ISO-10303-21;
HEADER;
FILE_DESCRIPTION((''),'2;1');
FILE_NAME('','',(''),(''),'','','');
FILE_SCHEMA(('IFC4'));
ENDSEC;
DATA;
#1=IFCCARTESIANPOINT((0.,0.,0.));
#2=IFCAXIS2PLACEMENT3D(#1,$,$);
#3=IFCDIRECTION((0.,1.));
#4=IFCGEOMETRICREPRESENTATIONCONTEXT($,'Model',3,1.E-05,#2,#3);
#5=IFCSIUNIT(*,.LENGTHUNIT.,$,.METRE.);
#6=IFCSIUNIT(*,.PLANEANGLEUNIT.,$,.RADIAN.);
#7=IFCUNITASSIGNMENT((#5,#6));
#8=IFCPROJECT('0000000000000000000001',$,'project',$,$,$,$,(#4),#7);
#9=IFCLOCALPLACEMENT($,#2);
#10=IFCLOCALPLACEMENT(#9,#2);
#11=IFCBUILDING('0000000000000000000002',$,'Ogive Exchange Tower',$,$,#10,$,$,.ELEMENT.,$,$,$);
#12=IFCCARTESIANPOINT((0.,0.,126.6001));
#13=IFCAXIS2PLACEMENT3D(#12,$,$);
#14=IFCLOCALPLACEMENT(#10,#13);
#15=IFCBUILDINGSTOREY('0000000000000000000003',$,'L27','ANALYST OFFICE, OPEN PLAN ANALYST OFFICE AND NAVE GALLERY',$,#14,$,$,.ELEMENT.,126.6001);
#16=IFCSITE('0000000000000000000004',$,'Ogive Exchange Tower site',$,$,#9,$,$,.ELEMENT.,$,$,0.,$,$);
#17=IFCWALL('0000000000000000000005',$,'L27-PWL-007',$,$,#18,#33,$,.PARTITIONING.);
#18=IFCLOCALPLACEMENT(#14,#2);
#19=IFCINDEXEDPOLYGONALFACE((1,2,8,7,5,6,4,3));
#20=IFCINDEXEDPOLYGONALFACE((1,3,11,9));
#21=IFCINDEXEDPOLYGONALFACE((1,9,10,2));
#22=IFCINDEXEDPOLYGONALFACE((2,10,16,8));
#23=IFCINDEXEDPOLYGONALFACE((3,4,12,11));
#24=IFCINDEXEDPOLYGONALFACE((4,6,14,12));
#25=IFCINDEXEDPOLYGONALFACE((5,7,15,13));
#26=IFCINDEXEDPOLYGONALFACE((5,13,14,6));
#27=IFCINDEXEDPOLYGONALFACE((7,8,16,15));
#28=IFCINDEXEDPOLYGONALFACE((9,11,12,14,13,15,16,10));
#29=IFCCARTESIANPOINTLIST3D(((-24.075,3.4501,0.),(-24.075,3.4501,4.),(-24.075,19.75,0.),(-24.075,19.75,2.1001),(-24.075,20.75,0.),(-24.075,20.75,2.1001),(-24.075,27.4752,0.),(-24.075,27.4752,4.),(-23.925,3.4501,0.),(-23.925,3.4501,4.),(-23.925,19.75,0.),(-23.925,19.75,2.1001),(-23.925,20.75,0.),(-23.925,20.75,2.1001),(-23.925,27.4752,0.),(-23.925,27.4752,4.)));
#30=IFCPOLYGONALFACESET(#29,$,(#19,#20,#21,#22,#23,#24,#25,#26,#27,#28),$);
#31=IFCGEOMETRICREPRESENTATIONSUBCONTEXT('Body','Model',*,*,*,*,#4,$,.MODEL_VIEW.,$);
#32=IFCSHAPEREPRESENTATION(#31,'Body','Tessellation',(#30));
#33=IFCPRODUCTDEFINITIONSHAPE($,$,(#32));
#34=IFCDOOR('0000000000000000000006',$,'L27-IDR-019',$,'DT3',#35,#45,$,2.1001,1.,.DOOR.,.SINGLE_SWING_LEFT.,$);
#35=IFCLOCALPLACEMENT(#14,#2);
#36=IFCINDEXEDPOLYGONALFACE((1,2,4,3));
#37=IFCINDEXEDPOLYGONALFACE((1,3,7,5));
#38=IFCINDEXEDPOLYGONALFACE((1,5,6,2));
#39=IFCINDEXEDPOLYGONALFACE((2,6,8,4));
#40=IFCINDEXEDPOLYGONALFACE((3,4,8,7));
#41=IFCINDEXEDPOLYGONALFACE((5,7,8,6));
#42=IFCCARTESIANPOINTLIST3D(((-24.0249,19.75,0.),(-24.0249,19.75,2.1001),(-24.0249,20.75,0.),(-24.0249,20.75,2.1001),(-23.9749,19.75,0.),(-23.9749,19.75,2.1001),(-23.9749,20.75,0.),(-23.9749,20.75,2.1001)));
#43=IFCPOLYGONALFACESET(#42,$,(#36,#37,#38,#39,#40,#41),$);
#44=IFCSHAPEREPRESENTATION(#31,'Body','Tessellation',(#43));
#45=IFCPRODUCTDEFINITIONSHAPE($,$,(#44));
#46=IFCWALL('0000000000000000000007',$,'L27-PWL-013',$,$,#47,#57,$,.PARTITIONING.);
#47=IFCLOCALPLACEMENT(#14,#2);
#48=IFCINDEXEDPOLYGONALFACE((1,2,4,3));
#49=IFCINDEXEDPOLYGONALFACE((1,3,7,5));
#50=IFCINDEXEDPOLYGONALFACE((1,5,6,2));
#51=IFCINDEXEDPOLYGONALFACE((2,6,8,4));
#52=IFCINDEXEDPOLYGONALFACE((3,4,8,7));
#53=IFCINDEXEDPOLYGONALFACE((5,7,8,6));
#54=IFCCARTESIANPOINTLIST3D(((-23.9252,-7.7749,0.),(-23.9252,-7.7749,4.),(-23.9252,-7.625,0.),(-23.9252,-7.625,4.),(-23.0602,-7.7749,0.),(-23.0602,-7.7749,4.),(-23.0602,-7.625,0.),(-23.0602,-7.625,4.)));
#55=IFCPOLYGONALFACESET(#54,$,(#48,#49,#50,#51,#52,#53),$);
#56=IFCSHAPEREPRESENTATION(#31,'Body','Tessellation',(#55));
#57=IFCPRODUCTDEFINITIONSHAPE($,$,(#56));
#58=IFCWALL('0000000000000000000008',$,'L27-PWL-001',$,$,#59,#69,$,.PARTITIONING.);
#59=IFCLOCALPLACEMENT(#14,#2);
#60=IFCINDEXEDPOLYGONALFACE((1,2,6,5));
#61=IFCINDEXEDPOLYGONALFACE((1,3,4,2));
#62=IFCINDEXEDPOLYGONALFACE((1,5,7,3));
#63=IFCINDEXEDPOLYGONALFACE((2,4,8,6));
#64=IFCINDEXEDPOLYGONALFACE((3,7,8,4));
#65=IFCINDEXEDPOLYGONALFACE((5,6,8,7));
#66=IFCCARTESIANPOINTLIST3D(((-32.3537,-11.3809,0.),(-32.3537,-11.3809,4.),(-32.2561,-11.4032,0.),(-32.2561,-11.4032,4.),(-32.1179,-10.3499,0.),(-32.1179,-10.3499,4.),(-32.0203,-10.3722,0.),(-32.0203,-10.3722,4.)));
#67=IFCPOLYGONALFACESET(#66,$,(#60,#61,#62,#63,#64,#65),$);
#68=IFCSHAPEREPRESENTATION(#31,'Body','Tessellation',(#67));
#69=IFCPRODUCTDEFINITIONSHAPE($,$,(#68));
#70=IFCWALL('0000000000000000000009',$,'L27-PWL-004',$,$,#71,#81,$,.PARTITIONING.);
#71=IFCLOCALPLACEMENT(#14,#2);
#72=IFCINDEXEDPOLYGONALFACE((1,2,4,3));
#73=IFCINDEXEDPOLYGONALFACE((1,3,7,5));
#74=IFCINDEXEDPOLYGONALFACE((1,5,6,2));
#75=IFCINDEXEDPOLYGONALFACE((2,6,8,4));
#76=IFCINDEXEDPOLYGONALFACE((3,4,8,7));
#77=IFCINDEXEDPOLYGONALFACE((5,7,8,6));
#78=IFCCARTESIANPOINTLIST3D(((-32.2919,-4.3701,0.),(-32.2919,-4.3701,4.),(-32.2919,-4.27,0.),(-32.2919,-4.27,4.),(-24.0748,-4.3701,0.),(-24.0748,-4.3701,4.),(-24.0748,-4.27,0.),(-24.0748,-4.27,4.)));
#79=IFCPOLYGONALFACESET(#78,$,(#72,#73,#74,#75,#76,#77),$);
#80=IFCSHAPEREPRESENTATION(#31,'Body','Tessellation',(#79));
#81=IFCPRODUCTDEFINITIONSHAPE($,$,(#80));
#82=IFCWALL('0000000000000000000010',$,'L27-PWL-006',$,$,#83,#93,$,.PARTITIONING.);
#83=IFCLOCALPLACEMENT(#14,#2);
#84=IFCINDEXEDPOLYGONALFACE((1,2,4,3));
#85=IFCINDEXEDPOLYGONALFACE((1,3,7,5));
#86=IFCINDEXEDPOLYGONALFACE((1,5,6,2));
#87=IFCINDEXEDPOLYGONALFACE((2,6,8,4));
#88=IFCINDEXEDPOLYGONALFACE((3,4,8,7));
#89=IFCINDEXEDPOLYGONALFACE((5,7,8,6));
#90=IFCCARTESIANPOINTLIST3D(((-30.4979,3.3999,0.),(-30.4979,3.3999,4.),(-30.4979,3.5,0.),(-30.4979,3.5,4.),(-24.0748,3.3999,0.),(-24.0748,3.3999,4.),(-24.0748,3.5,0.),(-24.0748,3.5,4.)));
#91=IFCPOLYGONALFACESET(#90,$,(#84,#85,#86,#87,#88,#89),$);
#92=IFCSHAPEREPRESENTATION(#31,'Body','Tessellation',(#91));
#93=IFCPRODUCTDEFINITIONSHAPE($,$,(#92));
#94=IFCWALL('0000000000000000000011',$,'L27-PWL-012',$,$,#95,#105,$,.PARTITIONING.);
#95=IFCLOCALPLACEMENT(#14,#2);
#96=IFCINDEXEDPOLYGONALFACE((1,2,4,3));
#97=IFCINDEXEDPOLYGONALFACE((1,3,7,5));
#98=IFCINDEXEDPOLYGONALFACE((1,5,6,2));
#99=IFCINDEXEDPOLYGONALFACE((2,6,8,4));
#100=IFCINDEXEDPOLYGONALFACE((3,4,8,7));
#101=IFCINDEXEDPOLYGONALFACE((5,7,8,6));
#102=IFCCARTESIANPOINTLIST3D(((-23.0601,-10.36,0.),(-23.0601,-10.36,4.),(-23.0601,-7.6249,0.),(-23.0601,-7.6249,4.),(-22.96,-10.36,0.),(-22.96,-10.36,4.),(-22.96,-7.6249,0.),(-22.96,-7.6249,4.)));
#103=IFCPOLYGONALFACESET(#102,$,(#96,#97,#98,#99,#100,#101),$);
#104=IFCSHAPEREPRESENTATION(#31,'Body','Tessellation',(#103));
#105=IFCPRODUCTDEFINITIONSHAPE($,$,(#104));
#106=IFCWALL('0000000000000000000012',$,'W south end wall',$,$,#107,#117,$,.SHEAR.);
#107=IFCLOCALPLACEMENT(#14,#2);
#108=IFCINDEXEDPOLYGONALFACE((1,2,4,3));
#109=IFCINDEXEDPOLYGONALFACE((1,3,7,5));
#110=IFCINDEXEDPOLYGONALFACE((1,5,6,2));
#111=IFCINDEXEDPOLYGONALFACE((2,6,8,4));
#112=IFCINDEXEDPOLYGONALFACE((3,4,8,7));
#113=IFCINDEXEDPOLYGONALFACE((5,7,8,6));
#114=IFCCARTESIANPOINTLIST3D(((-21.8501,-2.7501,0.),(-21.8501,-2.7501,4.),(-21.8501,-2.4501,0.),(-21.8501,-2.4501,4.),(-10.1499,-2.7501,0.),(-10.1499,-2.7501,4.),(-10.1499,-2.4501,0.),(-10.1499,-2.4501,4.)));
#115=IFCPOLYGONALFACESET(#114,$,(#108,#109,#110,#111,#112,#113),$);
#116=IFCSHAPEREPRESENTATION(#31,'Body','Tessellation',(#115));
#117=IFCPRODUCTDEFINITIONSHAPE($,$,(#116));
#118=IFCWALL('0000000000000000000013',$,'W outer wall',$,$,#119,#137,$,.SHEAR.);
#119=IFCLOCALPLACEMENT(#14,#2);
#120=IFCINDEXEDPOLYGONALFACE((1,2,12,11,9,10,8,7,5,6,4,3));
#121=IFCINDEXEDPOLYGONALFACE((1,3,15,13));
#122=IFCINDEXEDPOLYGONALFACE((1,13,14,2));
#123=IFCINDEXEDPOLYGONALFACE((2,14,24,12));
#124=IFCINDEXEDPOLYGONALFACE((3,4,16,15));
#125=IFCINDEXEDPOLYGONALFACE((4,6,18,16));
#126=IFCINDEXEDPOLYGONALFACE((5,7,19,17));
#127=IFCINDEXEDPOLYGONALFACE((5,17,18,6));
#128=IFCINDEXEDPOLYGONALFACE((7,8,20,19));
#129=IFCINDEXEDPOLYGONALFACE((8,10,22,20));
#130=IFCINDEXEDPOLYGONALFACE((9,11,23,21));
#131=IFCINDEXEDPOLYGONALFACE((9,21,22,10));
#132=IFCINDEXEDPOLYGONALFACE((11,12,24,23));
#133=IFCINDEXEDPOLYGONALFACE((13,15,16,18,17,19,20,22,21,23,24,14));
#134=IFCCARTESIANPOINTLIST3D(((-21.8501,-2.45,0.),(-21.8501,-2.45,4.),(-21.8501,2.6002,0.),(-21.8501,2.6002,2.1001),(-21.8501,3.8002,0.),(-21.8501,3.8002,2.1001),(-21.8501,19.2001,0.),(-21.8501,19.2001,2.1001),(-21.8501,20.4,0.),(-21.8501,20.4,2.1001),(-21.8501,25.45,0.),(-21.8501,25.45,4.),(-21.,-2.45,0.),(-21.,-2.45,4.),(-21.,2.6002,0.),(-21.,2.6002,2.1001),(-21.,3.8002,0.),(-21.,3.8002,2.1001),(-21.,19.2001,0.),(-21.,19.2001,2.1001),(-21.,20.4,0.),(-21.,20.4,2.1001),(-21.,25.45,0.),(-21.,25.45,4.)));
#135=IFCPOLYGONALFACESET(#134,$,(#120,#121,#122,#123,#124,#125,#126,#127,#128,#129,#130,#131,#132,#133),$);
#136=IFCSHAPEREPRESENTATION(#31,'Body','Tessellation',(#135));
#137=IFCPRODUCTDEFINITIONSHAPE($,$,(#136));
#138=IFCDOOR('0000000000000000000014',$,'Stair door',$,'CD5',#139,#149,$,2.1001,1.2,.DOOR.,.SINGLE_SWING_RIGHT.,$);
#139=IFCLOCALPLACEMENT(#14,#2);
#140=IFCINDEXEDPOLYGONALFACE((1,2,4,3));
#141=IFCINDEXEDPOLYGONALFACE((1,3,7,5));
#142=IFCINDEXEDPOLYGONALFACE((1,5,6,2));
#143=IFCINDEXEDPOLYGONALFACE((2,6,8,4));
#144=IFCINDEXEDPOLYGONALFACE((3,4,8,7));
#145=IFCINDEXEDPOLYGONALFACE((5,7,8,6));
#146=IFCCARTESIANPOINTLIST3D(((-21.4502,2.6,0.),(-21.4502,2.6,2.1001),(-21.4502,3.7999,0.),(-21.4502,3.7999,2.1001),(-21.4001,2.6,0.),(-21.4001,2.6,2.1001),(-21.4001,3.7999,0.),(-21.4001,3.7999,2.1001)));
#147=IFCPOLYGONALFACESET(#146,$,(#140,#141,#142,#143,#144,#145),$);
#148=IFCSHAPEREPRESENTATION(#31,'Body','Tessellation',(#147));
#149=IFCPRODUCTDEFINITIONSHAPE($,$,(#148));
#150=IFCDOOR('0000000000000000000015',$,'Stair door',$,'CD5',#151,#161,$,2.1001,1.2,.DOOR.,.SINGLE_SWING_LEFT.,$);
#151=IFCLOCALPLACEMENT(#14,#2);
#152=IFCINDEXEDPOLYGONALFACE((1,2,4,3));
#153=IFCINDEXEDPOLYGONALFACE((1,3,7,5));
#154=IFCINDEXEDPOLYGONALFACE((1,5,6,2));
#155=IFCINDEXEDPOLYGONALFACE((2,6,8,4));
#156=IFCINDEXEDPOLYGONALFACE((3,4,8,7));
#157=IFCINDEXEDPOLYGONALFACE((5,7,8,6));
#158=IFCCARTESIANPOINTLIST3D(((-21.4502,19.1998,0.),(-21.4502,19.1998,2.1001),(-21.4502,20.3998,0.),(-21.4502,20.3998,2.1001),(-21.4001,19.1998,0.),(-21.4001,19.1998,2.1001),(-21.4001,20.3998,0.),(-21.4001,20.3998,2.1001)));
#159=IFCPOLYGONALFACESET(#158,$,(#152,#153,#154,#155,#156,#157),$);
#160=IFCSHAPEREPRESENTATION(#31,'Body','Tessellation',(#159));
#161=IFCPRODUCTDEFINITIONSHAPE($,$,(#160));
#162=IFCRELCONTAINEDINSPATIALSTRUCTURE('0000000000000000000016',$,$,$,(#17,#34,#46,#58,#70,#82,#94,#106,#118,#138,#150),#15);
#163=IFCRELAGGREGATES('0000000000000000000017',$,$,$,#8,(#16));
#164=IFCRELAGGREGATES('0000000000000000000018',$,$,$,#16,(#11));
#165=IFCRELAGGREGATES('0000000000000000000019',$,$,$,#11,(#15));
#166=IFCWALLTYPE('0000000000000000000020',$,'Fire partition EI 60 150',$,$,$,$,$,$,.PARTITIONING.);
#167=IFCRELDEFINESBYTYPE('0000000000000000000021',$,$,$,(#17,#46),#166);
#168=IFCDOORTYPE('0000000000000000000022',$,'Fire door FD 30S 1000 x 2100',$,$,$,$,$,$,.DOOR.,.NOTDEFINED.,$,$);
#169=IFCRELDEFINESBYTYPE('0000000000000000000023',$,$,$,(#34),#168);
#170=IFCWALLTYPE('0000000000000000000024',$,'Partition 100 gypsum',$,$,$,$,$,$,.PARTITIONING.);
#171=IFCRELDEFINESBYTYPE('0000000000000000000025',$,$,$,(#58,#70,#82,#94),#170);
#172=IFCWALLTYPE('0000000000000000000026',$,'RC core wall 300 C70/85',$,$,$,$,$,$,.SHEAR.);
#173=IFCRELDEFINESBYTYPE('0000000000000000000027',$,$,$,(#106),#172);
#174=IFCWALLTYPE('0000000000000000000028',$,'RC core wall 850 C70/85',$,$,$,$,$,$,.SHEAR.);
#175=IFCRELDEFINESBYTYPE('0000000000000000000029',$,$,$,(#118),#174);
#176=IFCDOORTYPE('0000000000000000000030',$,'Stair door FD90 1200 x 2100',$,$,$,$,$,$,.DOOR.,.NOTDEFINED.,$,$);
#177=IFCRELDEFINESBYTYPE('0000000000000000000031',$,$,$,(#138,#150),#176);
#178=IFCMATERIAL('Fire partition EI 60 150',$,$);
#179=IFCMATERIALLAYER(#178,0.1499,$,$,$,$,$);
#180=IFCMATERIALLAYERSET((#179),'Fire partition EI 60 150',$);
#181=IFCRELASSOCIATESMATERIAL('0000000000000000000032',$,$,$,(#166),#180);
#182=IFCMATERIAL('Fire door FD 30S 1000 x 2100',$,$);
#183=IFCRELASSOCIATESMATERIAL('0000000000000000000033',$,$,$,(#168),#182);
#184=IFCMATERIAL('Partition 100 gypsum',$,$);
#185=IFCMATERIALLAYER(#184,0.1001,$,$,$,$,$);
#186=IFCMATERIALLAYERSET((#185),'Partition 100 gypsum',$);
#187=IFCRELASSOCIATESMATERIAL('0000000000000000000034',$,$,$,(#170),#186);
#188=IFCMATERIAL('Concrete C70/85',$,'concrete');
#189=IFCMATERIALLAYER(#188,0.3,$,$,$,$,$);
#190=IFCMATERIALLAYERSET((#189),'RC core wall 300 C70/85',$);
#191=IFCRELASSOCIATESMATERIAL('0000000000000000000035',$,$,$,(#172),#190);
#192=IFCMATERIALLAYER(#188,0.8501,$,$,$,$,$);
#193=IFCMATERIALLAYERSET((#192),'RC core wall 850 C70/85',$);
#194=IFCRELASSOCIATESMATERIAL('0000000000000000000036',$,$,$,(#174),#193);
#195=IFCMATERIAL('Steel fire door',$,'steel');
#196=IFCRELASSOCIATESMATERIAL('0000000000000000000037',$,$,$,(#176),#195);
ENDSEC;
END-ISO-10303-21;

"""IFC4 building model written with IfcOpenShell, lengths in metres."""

from ifc_helpers import new_model, si_unit, direction, frame, frame_2d, origin, place, context, subcontext, project, spatial, rectangle, extrude, material, layer, layer_set, type_object, element, fill, save


model = new_model("IFC4")

# Units and contexts
model_context = context("Model", 3, precision=1e-05, world=origin(), true_north=direction((0.0, 1.0)))
body_context = subcontext(model_context, "Body", "Model", "MODEL_VIEW")
ifc_project = project(units=[si_unit("LENGTHUNIT", "METRE"), si_unit("PLANEANGLEUNIT", "RADIAN")], contexts=[model_context])

# Site, building, storey
site_placement = place(None, origin())
site = spatial("IfcSite", under=ifc_project, at=site_placement, Name="Ogive Exchange Tower site", CompositionType="ELEMENT", RefElevation=0.0)
building_placement = place(site_placement, origin())
building = spatial("IfcBuilding", under=site, at=building_placement, Name="Ogive Exchange Tower", CompositionType="ELEMENT")
storey_placement = place(building_placement, frame((0.0, 0.0, 126.6001)))
storey = spatial("IfcBuildingStorey", under=building, at=storey_placement, Name="L27", Description="ANALYST OFFICE, OPEN PLAN ANALYST OFFICE AND NAVE GALLERY", CompositionType="ELEMENT", Elevation=126.6001)

# Wall, opening, door
ifc_material_1 = material(Name="Fire partition EI 60 150")
ifc_layer_1 = layer(ifc_material_1, 0.1499)
ifc_layer_set_1 = layer_set([ifc_layer_1], Name="Fire partition EI 60 150")
wall_type_1 = type_object("IfcWallType", Name="Fire partition EI 60 150", PredefinedType="PARTITIONING", material=ifc_layer_set_1)
ifc_material_2 = material(Name="Fire door FD 30S 1000 x 2100")
door_type_1 = type_object("IfcDoorType", Name="Fire door FD 30S 1000 x 2100", OperationType="NOTDEFINED", PredefinedType="DOOR", material=ifc_material_2)
wall_1_placement = place(storey_placement, frame((-24.0, 3.45, 0.0), z_axis=(0.0, 0.0, 1.0), x_axis=(0.0, 1.0, 0.0)))
wall_1 = element("IfcWall", 1, at=wall_1_placement, inside=storey, type_object=wall_type_1, Name="L27-PWL-007", PredefinedType="PARTITIONING", context=body_context, shape_type="SweptSolid", body=[
    extrude(rectangle(XDim=24.0251, YDim=0.1499, at=frame_2d((12.0127, 0.0))), origin(), (0.0, 0.0, 1.0), 4.0),
])
opening_1_placement = place(wall_1_placement, frame((16.3, 0.0, 0.0)))
opening_1 = element("IfcOpeningElement", 2, at=opening_1_placement, cuts=wall_1, PredefinedType="OPENING", context=body_context, shape_type="SweptSolid", body=[
    extrude(rectangle(XDim=1.0, YDim=2.1001, at=frame_2d((0.5, 1.05))), frame((0.0, 0.085, 0.0), z_axis=(0.0, -1.0, 0.0), x_axis=(1.0, 0.0, 0.0)), (0.0, 0.0, 1.0), 0.1699),
])
door_1_placement = place(opening_1_placement, origin())
door_1 = element("IfcDoor", 3, at=door_1_placement, inside=storey, type_object=door_type_1, Name="L27-IDR-019", ObjectType="DT3", OperationType="SINGLE_SWING_LEFT", OverallHeight=2.1001, OverallWidth=1.0, PredefinedType="DOOR", context=body_context, shape_type="SweptSolid", body=[
    extrude(rectangle(XDim=1.0, YDim=2.1001, at=frame_2d((0.5, 1.05))), frame((0.0, 0.0249, 0.0), z_axis=(0.0, -1.0, 0.0), x_axis=(1.0, 0.0, 0.0)), (0.0, 0.0, 1.0), 0.05),
])
fill(opening_1, door_1)

# Walls
wall_2_placement = place(storey_placement, frame((-23.0601, -7.7, 0.0), z_axis=(0.0, 0.0, 1.0), x_axis=(-1.0, 0.0, 0.0)))
element("IfcWall", 4, at=wall_2_placement, inside=storey, type_object=wall_type_1, Name="L27-PWL-013", PredefinedType="PARTITIONING", context=body_context, shape_type="SweptSolid", body=[
    extrude(rectangle(XDim=0.865, YDim=0.1499, at=frame_2d((0.4326, 0.0))), origin(), (0.0, 0.0, 1.0), 4.0),
])
ifc_material_3 = material(Name="Partition 100 gypsum")
ifc_layer_2 = layer(ifc_material_3, 0.1001)
ifc_layer_set_2 = layer_set([ifc_layer_2], Name="Partition 100 gypsum")
wall_type_2 = type_object("IfcWallType", Name="Partition 100 gypsum", PredefinedType="PARTITIONING", material=ifc_layer_set_2)
wall_3_placement = place(storey_placement, frame((-32.0691, -10.3611, 0.0), z_axis=(0.0, 0.0, 1.0), x_axis=(-0.222988, -0.974821, 0.0)))
element("IfcWall", 5, at=wall_3_placement, inside=storey, type_object=wall_type_2, Name="L27-PWL-001", PredefinedType="PARTITIONING", context=body_context, shape_type="SweptSolid", body=[
    extrude(rectangle(XDim=1.0576, YDim=0.1001, at=frame_2d((0.5288, 0.0))), origin(), (0.0, 0.0, 1.0), 4.0),
])
wall_4_placement = place(storey_placement, frame((-24.075, -4.3201, 0.0), z_axis=(0.0, 0.0, 1.0), x_axis=(-1.0, 0.0, 0.0)))
element("IfcWall", 6, at=wall_4_placement, inside=storey, type_object=wall_type_2, Name="L27-PWL-004", PredefinedType="PARTITIONING", context=body_context, shape_type="SweptSolid", body=[
    extrude(rectangle(XDim=8.217, YDim=0.1001, at=frame_2d((4.1084, 0.0))), origin(), (0.0, 0.0, 1.0), 4.0),
])
wall_5_placement = place(storey_placement, frame((-24.075, 3.45, 0.0), z_axis=(0.0, 0.0, 1.0), x_axis=(-1.0, 0.0, 0.0)))
element("IfcWall", 7, at=wall_5_placement, inside=storey, type_object=wall_type_2, Name="L27-PWL-006", PredefinedType="PARTITIONING", context=body_context, shape_type="SweptSolid", body=[
    extrude(rectangle(XDim=6.4231, YDim=0.1001, at=frame_2d((3.2114, 0.0))), origin(), (0.0, 0.0, 1.0), 4.0),
])
wall_6_placement = place(storey_placement, frame((-23.01, -10.3601, 0.0), z_axis=(0.0, 0.0, 1.0), x_axis=(0.0, 1.0, 0.0)))
element("IfcWall", 8, at=wall_6_placement, inside=storey, type_object=wall_type_2, Name="L27-PWL-012", PredefinedType="PARTITIONING", context=body_context, shape_type="SweptSolid", body=[
    extrude(rectangle(XDim=2.7351, YDim=0.1001, at=frame_2d((1.3677, 0.0))), origin(), (0.0, 0.0, 1.0), 4.0),
])
ifc_material_4 = material(Name="Concrete C70/85", Category="concrete")
ifc_layer_3 = layer(ifc_material_4, 0.3)
ifc_layer_set_3 = layer_set([ifc_layer_3], Name="RC core wall 300 C70/85")
wall_type_3 = type_object("IfcWallType", Name="RC core wall 300 C70/85", PredefinedType="SHEAR", material=ifc_layer_set_3)
wall_7_placement = place(storey_placement, frame((-21.8501, -2.6001, 0.0), z_axis=(0.0, 0.0, 1.0), x_axis=(1.0, 0.0, 0.0)))
element("IfcWall", 9, at=wall_7_placement, inside=storey, type_object=wall_type_3, Name="W south end wall", PredefinedType="SHEAR", context=body_context, shape_type="SweptSolid", body=[
    extrude(rectangle(XDim=11.7002, YDim=0.3, at=frame_2d((5.8501, 0.0))), origin(), (0.0, 0.0, 1.0), 4.0),
])

# Wall, openings, doors
ifc_layer_4 = layer(ifc_material_4, 0.8501)
ifc_layer_set_4 = layer_set([ifc_layer_4], Name="RC core wall 850 C70/85")
wall_type_4 = type_object("IfcWallType", Name="RC core wall 850 C70/85", PredefinedType="SHEAR", material=ifc_layer_set_4)
wall_8_placement = place(storey_placement, frame((-21.425, -2.45, 0.0), z_axis=(0.0, 0.0, 1.0), x_axis=(0.0, 1.0, 0.0)))
wall_8 = element("IfcWall", 10, at=wall_8_placement, inside=storey, type_object=wall_type_4, Name="W outer wall", PredefinedType="SHEAR", context=body_context, shape_type="SweptSolid", body=[
    extrude(rectangle(XDim=27.8999, YDim=0.8501, at=frame_2d((13.95, 0.0))), origin(), (0.0, 0.0, 1.0), 4.0),
])
opening_2_placement = place(wall_8_placement, frame((5.05, 0.0, 0.0)))
opening_2 = element("IfcOpeningElement", 11, at=opening_2_placement, cuts=wall_8, PredefinedType="OPENING", context=body_context, shape_type="SweptSolid", body=[
    extrude(rectangle(XDim=1.2, YDim=2.1001, at=frame_2d((0.6001, 1.05))), frame((0.0, 0.4351, 0.0), z_axis=(0.0, -1.0, 0.0), x_axis=(1.0, 0.0, 0.0)), (0.0, 0.0, 1.0), 0.8701),
])
opening_3_placement = place(wall_8_placement, frame((21.6499, 0.0, 0.0)))
opening_3 = element("IfcOpeningElement", 12, at=opening_3_placement, cuts=wall_8, PredefinedType="OPENING", context=body_context, shape_type="SweptSolid", body=[
    extrude(rectangle(XDim=1.2, YDim=2.1001, at=frame_2d((0.6001, 1.05))), frame((0.0, 0.4351, 0.0), z_axis=(0.0, -1.0, 0.0), x_axis=(1.0, 0.0, 0.0)), (0.0, 0.0, 1.0), 0.8701),
])
ifc_material_5 = material(Name="Steel fire door", Category="steel")
door_type_2 = type_object("IfcDoorType", Name="Stair door FD90 1200 x 2100", OperationType="NOTDEFINED", PredefinedType="DOOR", material=ifc_material_5)
door_2_placement = place(opening_2_placement, frame((1.2, 0.0, 0.0), z_axis=(0.0, 0.0, 1.0), x_axis=(-1.0, 0.0, 0.0)))
door_2 = element("IfcDoor", 13, at=door_2_placement, inside=storey, type_object=door_type_2, Name="Stair door", ObjectType="CD5", OperationType="SINGLE_SWING_RIGHT", OverallHeight=2.1001, OverallWidth=1.2, PredefinedType="DOOR", context=body_context, shape_type="SweptSolid", body=[
    extrude(rectangle(XDim=1.2, YDim=2.1001, at=frame_2d((0.6001, 1.05))), frame((0.0, 0.0249, 0.0), z_axis=(0.0, -1.0, 0.0), x_axis=(1.0, 0.0, 0.0)), (0.0, 0.0, 1.0), 0.05),
])
fill(opening_2, door_2)
door_3_placement = place(opening_3_placement, frame((1.2, 0.0, 0.0), z_axis=(0.0, 0.0, 1.0), x_axis=(-1.0, 0.0, 0.0)))
door_3 = element("IfcDoor", 14, at=door_3_placement, inside=storey, type_object=door_type_2, Name="Stair door", ObjectType="CD5", OperationType="SINGLE_SWING_LEFT", OverallHeight=2.1001, OverallWidth=1.2, PredefinedType="DOOR", context=body_context, shape_type="SweptSolid", body=[
    extrude(rectangle(XDim=1.2, YDim=2.1001, at=frame_2d((0.6001, 1.05))), frame((0.0, 0.0249, 0.0), z_axis=(0.0, -1.0, 0.0), x_axis=(1.0, 0.0, 0.0)), (0.0, 0.0, 1.0), 0.05),
])
fill(opening_3, door_3)

save(model, "model.ifc")
